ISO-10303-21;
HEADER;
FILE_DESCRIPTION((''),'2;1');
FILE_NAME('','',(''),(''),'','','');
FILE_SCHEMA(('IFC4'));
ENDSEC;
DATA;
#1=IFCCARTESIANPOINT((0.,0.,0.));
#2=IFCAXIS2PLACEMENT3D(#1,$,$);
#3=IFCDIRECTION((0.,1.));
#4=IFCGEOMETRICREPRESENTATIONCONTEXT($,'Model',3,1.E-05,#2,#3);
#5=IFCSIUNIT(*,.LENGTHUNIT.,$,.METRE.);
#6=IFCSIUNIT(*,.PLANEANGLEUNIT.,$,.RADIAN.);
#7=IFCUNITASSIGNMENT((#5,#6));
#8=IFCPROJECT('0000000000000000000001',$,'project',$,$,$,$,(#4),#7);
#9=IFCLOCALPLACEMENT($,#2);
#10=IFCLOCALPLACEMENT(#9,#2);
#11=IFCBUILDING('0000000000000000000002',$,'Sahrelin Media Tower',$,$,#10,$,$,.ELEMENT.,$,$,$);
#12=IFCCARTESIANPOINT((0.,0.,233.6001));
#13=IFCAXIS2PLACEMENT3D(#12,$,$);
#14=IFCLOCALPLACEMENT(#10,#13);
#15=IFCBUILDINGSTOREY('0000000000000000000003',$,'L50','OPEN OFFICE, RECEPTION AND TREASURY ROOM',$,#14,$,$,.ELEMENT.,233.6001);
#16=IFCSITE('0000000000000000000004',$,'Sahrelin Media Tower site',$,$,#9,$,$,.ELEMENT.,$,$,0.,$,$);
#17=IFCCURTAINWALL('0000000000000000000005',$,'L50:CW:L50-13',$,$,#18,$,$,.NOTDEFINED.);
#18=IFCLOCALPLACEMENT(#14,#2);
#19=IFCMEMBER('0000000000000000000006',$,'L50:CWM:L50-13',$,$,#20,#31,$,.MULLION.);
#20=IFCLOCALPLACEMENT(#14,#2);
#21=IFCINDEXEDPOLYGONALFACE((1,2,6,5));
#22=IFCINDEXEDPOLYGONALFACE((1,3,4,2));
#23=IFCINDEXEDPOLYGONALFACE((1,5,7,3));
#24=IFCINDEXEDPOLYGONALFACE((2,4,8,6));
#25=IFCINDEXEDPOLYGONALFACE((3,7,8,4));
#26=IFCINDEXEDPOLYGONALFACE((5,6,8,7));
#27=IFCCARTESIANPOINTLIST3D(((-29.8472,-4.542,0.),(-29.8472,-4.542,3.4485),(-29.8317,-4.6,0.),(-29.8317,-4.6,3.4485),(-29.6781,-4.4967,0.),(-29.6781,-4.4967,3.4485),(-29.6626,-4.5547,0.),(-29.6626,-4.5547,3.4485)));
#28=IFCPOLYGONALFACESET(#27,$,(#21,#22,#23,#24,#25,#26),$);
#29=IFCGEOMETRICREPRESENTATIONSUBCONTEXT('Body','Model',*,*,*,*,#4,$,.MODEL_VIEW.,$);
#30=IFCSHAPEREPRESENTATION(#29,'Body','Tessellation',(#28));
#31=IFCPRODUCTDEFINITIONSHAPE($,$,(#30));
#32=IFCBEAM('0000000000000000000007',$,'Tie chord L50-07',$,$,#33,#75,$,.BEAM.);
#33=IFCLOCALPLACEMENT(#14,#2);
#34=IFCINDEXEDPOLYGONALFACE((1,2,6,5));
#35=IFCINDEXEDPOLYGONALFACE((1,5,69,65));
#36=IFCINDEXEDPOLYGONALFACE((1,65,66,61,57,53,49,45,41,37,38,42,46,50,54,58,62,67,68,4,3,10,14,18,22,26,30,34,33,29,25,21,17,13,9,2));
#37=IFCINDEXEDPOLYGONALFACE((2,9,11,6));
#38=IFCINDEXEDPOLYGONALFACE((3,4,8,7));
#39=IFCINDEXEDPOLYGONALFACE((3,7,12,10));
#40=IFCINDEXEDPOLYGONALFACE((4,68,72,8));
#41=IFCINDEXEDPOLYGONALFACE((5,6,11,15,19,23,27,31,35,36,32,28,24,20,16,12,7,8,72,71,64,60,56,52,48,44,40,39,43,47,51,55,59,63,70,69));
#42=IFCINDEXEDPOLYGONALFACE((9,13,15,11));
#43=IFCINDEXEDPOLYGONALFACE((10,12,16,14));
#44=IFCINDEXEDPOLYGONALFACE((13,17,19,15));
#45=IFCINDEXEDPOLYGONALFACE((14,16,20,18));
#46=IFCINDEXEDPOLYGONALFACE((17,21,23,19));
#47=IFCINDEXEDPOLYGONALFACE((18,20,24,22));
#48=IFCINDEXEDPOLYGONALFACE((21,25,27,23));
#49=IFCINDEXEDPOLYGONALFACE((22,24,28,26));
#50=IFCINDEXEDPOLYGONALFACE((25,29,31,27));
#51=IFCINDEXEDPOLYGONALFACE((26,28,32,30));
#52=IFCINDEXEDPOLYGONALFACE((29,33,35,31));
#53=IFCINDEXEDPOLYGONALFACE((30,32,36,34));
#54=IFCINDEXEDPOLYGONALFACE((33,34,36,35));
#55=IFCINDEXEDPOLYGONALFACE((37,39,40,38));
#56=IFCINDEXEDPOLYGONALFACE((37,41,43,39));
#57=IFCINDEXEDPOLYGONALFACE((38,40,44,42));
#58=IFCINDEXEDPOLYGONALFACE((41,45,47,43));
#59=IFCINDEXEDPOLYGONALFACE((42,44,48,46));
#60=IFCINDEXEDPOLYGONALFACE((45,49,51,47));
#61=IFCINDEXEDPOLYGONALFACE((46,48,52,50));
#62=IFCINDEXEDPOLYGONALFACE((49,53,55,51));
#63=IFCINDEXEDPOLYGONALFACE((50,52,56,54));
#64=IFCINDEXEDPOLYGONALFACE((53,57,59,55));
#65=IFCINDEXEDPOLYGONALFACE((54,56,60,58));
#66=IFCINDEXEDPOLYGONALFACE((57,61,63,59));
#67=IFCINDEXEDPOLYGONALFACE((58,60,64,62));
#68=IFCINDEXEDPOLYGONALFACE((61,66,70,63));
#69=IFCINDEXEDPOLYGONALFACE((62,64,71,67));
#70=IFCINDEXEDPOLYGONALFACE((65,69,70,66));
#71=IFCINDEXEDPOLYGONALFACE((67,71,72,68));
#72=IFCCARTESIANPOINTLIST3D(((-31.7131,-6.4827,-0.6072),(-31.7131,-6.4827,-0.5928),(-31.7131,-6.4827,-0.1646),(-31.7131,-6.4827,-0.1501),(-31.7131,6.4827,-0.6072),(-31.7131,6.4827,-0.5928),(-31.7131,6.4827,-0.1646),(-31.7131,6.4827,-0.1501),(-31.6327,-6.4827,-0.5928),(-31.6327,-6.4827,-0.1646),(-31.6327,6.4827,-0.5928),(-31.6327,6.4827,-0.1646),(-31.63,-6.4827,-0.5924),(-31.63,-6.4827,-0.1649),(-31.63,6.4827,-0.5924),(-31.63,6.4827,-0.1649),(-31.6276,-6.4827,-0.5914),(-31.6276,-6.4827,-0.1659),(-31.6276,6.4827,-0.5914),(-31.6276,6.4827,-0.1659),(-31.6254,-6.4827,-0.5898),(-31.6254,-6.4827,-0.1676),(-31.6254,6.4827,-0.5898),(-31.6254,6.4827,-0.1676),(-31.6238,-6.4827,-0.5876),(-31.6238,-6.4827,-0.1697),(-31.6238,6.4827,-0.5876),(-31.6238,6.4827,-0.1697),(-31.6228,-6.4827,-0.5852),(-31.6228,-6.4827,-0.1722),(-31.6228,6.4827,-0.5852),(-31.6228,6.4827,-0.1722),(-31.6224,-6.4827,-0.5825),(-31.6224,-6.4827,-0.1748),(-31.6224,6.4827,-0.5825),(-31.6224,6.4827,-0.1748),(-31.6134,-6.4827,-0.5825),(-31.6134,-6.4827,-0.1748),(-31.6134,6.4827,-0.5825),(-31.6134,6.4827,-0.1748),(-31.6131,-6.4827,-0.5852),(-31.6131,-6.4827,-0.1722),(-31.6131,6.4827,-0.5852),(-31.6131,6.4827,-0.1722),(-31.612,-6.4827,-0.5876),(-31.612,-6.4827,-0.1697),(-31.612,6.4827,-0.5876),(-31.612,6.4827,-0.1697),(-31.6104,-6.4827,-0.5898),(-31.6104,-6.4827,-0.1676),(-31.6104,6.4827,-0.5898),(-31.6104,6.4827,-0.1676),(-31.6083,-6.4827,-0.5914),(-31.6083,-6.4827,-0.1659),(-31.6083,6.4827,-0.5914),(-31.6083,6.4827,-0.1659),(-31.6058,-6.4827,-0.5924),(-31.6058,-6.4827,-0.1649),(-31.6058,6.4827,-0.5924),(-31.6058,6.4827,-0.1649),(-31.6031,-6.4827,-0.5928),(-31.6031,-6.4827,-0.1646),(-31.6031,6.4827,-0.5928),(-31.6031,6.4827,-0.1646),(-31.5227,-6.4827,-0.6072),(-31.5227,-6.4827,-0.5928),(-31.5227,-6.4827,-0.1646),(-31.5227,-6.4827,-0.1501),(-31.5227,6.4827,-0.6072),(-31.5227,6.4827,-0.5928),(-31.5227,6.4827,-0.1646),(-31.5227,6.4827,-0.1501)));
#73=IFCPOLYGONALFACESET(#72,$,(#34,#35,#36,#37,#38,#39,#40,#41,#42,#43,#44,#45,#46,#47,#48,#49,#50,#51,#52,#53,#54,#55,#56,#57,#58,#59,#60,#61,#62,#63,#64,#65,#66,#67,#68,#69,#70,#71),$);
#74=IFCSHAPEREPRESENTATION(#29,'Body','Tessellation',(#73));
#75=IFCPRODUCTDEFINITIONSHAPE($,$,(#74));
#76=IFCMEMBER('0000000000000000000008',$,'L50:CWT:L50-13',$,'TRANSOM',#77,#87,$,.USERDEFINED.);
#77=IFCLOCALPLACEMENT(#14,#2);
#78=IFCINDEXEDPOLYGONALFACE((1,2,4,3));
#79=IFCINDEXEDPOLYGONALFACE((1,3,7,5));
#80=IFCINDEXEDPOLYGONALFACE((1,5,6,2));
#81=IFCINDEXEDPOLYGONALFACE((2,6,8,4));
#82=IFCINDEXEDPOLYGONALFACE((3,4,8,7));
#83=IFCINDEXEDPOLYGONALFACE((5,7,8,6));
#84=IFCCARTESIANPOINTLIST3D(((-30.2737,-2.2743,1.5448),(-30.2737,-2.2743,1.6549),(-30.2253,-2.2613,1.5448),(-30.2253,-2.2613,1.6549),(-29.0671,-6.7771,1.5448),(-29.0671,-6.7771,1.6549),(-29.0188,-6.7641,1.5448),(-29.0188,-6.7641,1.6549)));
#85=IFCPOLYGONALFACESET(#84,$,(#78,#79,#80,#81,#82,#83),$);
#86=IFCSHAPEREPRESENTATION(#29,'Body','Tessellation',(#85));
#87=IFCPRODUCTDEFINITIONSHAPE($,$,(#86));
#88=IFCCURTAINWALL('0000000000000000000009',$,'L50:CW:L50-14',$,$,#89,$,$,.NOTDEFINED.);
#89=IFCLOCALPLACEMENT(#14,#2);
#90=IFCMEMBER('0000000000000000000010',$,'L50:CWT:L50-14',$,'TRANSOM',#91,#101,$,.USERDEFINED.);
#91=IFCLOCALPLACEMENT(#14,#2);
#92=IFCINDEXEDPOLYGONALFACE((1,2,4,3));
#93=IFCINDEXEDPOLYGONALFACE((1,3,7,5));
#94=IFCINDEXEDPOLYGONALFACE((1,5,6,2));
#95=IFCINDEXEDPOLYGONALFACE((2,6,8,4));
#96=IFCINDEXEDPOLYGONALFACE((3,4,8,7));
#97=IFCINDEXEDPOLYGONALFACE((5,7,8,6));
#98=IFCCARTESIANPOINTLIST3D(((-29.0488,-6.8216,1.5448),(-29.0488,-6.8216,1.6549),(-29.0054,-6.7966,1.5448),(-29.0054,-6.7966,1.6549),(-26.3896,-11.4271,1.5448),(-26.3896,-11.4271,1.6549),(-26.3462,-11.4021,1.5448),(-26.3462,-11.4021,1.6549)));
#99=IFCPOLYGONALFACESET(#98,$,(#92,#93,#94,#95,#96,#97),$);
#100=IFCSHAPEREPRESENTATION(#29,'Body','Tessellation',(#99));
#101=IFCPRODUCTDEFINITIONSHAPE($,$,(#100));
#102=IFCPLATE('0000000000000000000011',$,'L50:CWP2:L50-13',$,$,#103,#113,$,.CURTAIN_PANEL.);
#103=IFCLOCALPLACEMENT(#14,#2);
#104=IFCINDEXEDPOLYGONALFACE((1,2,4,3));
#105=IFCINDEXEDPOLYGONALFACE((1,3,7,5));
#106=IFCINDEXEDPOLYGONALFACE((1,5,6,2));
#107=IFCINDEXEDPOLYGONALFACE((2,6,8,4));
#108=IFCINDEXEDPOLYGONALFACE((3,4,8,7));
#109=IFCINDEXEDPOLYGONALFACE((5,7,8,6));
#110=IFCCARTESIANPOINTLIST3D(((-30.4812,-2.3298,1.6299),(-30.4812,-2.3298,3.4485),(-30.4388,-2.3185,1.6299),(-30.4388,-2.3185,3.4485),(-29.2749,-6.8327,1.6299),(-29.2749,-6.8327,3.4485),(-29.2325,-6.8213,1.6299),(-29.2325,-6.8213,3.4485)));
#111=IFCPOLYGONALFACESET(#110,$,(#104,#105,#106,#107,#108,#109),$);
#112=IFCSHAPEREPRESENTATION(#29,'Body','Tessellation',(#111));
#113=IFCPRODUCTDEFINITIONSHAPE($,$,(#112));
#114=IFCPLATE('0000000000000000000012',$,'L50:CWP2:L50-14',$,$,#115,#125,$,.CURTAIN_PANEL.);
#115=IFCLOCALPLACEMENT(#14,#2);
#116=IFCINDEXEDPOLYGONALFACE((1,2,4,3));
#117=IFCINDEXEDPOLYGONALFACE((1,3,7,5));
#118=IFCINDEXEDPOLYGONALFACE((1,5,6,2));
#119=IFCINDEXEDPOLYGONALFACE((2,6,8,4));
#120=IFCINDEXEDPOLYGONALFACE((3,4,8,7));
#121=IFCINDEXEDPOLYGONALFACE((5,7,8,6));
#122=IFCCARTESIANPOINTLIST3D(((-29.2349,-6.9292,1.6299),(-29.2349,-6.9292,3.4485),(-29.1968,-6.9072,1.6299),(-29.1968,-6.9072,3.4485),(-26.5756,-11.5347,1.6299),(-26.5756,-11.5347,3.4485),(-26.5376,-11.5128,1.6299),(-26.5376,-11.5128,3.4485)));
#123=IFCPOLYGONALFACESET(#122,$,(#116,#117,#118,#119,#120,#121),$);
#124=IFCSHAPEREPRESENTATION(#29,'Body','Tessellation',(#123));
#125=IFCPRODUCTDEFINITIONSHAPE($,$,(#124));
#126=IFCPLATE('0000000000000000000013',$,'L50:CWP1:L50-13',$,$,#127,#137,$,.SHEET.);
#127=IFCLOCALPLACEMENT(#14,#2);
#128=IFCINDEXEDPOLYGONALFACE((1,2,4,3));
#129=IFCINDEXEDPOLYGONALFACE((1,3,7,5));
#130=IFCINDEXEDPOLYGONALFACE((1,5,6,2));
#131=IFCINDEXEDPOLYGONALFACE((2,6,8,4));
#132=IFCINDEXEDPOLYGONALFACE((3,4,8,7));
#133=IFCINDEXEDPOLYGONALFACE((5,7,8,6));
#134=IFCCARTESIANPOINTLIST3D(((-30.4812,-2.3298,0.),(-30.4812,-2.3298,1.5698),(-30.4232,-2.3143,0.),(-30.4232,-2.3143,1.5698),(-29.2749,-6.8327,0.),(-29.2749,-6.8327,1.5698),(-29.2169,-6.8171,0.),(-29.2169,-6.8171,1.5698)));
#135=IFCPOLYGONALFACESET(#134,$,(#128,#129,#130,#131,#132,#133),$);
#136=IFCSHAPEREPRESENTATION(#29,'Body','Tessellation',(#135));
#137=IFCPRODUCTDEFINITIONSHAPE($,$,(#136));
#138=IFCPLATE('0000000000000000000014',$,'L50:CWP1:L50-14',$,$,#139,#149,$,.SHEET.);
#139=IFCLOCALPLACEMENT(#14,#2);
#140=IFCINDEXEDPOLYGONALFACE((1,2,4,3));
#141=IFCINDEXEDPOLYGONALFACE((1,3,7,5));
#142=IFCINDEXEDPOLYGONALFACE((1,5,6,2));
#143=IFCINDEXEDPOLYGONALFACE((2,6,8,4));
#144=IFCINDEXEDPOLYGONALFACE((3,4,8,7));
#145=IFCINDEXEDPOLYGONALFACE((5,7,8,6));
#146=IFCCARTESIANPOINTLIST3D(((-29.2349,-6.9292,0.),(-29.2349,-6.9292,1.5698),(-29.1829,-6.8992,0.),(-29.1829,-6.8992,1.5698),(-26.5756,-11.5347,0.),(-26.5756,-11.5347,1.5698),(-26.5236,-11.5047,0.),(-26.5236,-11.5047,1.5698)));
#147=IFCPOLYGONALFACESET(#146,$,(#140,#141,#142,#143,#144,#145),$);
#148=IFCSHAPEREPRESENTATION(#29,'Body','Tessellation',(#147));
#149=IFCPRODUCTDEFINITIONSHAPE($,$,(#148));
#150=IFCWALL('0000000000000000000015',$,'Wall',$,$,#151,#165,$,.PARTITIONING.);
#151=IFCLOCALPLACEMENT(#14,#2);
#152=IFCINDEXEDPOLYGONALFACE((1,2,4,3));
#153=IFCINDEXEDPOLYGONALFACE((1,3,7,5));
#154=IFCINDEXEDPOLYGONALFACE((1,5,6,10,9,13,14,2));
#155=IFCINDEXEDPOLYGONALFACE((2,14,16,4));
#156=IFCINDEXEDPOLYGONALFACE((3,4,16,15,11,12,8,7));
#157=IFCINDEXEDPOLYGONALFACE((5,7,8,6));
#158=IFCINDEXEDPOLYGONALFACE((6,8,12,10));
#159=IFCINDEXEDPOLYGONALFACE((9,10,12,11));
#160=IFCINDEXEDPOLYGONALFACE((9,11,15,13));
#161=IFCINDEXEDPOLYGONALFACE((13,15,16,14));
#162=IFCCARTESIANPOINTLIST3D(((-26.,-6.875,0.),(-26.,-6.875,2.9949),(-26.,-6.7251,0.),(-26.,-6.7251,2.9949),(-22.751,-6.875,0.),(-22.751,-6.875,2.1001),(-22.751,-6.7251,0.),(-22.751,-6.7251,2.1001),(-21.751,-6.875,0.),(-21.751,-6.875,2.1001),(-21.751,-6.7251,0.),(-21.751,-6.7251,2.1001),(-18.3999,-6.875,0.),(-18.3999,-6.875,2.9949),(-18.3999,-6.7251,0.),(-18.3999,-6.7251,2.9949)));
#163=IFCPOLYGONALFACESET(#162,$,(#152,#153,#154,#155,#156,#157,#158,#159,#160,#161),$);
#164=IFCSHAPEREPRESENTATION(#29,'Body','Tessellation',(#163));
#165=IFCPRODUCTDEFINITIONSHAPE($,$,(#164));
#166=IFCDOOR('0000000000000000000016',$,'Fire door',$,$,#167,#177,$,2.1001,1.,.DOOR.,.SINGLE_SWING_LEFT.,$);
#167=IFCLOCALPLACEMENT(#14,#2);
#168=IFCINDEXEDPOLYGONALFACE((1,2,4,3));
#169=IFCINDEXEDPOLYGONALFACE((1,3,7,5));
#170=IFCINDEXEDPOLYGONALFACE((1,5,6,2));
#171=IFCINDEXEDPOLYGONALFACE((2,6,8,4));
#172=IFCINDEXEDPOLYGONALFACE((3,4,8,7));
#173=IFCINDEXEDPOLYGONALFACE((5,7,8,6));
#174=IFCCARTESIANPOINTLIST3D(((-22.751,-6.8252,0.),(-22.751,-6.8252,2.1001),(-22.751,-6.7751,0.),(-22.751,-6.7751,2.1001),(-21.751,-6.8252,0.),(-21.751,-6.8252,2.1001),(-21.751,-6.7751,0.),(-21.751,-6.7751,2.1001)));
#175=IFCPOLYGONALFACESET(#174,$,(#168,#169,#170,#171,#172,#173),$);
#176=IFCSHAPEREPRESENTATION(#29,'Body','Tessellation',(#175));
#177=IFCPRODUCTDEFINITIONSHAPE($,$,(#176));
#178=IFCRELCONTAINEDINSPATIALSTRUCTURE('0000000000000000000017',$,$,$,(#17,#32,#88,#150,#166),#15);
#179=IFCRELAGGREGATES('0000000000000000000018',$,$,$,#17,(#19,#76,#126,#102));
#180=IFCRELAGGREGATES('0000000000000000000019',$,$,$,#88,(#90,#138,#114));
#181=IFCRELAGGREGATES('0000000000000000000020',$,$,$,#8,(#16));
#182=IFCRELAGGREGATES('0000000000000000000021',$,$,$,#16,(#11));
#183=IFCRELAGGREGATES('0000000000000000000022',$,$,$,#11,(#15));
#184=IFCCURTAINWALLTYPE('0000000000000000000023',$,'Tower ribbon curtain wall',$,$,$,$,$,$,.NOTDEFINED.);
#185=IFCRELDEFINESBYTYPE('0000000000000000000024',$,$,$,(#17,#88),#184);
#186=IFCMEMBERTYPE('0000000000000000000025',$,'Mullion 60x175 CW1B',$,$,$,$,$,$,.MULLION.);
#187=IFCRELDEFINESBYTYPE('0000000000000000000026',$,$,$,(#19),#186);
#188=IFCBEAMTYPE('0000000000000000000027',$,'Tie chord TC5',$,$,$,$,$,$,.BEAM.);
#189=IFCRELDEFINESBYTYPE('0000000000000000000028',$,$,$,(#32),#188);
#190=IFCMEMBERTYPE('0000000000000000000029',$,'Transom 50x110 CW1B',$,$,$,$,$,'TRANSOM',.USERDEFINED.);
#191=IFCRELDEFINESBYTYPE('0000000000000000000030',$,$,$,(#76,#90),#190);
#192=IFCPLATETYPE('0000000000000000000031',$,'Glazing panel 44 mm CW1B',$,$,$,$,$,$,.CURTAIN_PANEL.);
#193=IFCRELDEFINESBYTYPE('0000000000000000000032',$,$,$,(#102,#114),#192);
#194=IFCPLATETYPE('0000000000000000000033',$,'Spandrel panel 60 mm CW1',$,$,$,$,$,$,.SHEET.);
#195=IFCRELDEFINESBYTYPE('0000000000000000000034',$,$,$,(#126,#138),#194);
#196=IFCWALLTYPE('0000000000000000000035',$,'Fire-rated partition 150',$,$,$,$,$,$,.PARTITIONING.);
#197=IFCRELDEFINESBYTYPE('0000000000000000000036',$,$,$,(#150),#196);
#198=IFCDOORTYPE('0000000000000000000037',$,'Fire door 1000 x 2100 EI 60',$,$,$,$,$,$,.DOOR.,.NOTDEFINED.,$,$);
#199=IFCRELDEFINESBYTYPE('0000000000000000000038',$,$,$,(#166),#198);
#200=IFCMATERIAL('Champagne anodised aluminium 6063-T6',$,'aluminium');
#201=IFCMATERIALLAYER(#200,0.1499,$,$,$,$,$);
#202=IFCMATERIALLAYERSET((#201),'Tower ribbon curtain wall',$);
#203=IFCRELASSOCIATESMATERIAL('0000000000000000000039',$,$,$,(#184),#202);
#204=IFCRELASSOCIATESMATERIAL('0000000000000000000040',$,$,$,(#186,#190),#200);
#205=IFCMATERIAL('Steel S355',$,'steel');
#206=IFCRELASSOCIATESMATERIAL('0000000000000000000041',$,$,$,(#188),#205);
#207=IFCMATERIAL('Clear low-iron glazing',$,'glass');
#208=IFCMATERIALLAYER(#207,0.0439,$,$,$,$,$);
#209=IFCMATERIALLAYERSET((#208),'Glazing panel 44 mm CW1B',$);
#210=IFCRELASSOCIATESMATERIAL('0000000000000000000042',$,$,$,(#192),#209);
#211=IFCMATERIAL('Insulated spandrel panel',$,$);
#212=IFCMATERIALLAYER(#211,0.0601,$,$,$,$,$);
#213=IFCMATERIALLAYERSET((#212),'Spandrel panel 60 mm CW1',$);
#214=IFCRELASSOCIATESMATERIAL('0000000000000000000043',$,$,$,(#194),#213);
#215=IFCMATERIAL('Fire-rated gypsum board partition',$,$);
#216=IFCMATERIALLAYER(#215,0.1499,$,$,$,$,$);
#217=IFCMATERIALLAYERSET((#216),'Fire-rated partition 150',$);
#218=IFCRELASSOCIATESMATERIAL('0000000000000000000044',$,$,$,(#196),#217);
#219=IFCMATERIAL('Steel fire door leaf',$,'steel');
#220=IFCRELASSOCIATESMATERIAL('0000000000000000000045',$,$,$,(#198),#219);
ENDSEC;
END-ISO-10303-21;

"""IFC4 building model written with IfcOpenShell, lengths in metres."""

from ifc_helpers import new_model, si_unit, direction, frame, frame_2d, origin, origin_2d, place, context, subcontext, project, spatial, polyline, rectangle, i_section, outline, extrude, material, layer, layer_set, material_profile, profile_set, type_object, element, fill, aggregate, save


model = new_model("IFC4")

# Units and contexts
model_context = context("Model", 3, precision=1e-05, world=origin(), true_north=direction((0.0, 1.0)))
body_context = subcontext(model_context, "Body", "Model", "MODEL_VIEW")
ifc_project = project(units=[si_unit("LENGTHUNIT", "METRE"), si_unit("PLANEANGLEUNIT", "RADIAN")], contexts=[model_context])

# Site, building, storey
site_placement = place(None, origin())
site = spatial("IfcSite", under=ifc_project, at=site_placement, Name="Sahrelin Media Tower site", CompositionType="ELEMENT", RefElevation=0.0)
building_placement = place(site_placement, origin())
building = spatial("IfcBuilding", under=site, at=building_placement, Name="Sahrelin Media Tower", CompositionType="ELEMENT")
storey_placement = place(building_placement, frame((0.0, 0.0, 233.6001)))
storey = spatial("IfcBuildingStorey", under=building, at=storey_placement, Name="L50", Description="OPEN OFFICE, RECEPTION AND TREASURY ROOM", CompositionType="ELEMENT", Elevation=233.6001)

# Shared definitions
ifc_material_1 = material(Name="Steel S355", Category="steel")

# Curtain wall, member
ifc_material_2 = material(Name="Champagne anodised aluminium 6063-T6", Category="aluminium")
ifc_layer_1 = layer(ifc_material_2, 0.1499)
ifc_layer_set_1 = layer_set([ifc_layer_1], Name="Tower ribbon curtain wall")
curtain_wall_type = type_object("IfcCurtainWallType", Name="Tower ribbon curtain wall", PredefinedType="NOTDEFINED", material=ifc_layer_set_1)
ifc_material_profile_1 = material_profile(ifc_material_2, rectangle(XDim=0.0601, YDim=0.175, at=origin_2d()), Name="Mullion 60x175")
ifc_profile_set_1 = profile_set([ifc_material_profile_1], Name="Champagne anodised aluminium 6063-T6")
member_type_1 = type_object("IfcMemberType", Name="Mullion 60x175 CW1B", PredefinedType="MULLION", material=ifc_profile_set_1)
curtain_wall_1_placement = place(storey_placement, frame((-29.8586, -4.5762, 0.0), z_axis=(0.0, 0.0, 1.0), x_axis=(1.0, 0.0, 0.0)))
curtain_wall_1 = element("IfcCurtainWall", 1, at=curtain_wall_1_placement, inside=storey, type_object=curtain_wall_type, Name="L50:CW:L50-13", PredefinedType="NOTDEFINED")
member_1_placement = place(storey_placement, frame((-29.7549, -4.5483, 0.0), z_axis=(0.0, 0.0, 1.0), x_axis=(0.258817, -0.965926, 0.0)))
member_1 = element("IfcMember", 2, at=member_1_placement, type_object=member_type_1, Name="L50:CWM:L50-13", PredefinedType="MULLION", context=body_context, shape_type="SweptSolid", body=[
    extrude(rectangle(XDim=0.0601, YDim=0.175, at=origin_2d()), origin(), (0.0, 0.0, 1.0), 3.4485),
])

# Beam
ifc_material_profile_2 = material_profile(ifc_material_1, i_section(OverallWidth=0.1904, OverallDepth=0.457, WebThickness=0.009, FlangeThickness=0.0144, FilletRadius=0.0103, at=origin_2d()), Name="UB 457x191x74")
ifc_profile_set_2 = profile_set([ifc_material_profile_2], Name="Steel S355")
beam_type_1 = type_object("IfcBeamType", Name="Tie chord TC5", PredefinedType="BEAM", material=ifc_profile_set_2)
beam_1_placement = place(storey_placement, frame((-31.6179, -6.4827, -0.3787), z_axis=(0.0, 1.0, 0.0), x_axis=(-1.0, 0.0, 0.0)))
element("IfcBeam", 3, at=beam_1_placement, inside=storey, type_object=beam_type_1, Name="Tie chord L50-07", PredefinedType="BEAM", context=body_context, shape_type="SweptSolid", body=[
    extrude(i_section(OverallWidth=0.1904, OverallDepth=0.457, WebThickness=0.009, FlangeThickness=0.0144, FilletRadius=0.0103, at=origin_2d()), origin(), (0.0, 0.0, 1.0), 12.9653),
])

# Member
ifc_material_profile_3 = material_profile(ifc_material_2, rectangle(XDim=0.05, YDim=0.1101, at=origin_2d()), Name="Transom 50x110")
ifc_profile_set_3 = profile_set([ifc_material_profile_3], Name="Champagne anodised aluminium 6063-T6")
member_type_2 = type_object("IfcMemberType", Name="Transom 50x110 CW1B", ElementType="TRANSOM", PredefinedType="USERDEFINED", material=ifc_profile_set_3)
member_2_placement = place(storey_placement, frame((-30.2495, -2.2678, 1.5999), z_axis=(0.258829, -0.965923, 0.0), x_axis=(0.965923, 0.258829, 0.0)))
member_2 = element("IfcMember", 4, at=member_2_placement, type_object=member_type_2, Name="L50:CWT:L50-13", ObjectType="TRANSOM", PredefinedType="USERDEFINED", context=body_context, shape_type="SweptSolid", body=[
    extrude(rectangle(XDim=0.05, YDim=0.1101, at=origin_2d()), origin(), (0.0, 0.0, 1.0), 4.6616),
])

# Curtain wall, member
curtain_wall_2_placement = place(storey_placement, frame((-27.8879, -9.2217, 0.0), z_axis=(0.0, 0.0, 1.0), x_axis=(1.0, 0.0, 0.0)))
curtain_wall_2 = element("IfcCurtainWall", 5, at=curtain_wall_2_placement, inside=storey, type_object=curtain_wall_type, Name="L50:CW:L50-14", PredefinedType="NOTDEFINED")
member_3_placement = place(storey_placement, frame((-29.0271, -6.8091, 1.5999), z_axis=(0.50003, -0.866008, 0.0), x_axis=(0.866008, 0.50003, 0.0)))
member_3 = element("IfcMember", 6, at=member_3_placement, type_object=member_type_2, Name="L50:CWT:L50-14", ObjectType="TRANSOM", PredefinedType="USERDEFINED", context=body_context, shape_type="SweptSolid", body=[
    extrude(rectangle(XDim=0.05, YDim=0.1101, at=origin_2d()), origin(), (0.0, 0.0, 1.0), 5.3181),
])

# Plates
ifc_material_3 = material(Name="Clear low-iron glazing", Category="glass")
ifc_layer_2 = layer(ifc_material_3, 0.0439)
ifc_layer_set_2 = layer_set([ifc_layer_2], Name="Glazing panel 44 mm CW1B")
plate_type_1 = type_object("IfcPlateType", Name="Glazing panel 44 mm CW1B", PredefinedType="CURTAIN_PANEL", material=ifc_layer_set_2)
plate_1_placement = place(storey_placement, frame((-30.4812, -2.3298, 1.6299), z_axis=(-0.96594, -0.258767, 0.0), x_axis=(0.258767, -0.96594, 0.0)))
plate_1 = element("IfcPlate", 7, at=plate_1_placement, type_object=plate_type_1, Name="L50:CWP2:L50-13", PredefinedType="CURTAIN_PANEL", context=body_context, shape_type="SweptSolid", body=[
    extrude(outline(polyline([(0.0, 0.0), (4.6616, 0.0), (4.6616, 1.8186), (0.0, 1.8186), (0.0, 0.0)])), origin(), (0.0, 0.0, -1.0), 0.0439),
])
plate_2_placement = place(storey_placement, frame((-29.2349, -6.9292, 1.6299), z_axis=(-0.866008, -0.50003, 0.0), x_axis=(0.50003, -0.866008, 0.0)))
plate_2 = element("IfcPlate", 8, at=plate_2_placement, type_object=plate_type_1, Name="L50:CWP2:L50-14", PredefinedType="CURTAIN_PANEL", context=body_context, shape_type="SweptSolid", body=[
    extrude(outline(polyline([(0.0, 0.0), (5.3181, 0.0), (5.3181, 1.8186), (0.0, 1.8186), (0.0, 0.0)])), origin(), (0.0, 0.0, -1.0), 0.0439),
])
ifc_material_4 = material(Name="Insulated spandrel panel")
ifc_layer_3 = layer(ifc_material_4, 0.0601)
ifc_layer_set_3 = layer_set([ifc_layer_3], Name="Spandrel panel 60 mm CW1")
plate_type_2 = type_object("IfcPlateType", Name="Spandrel panel 60 mm CW1", PredefinedType="SHEET", material=ifc_layer_set_3)
plate_3_placement = place(storey_placement, frame((-30.4812, -2.3298, 0.0), z_axis=(-0.96594, -0.258767, 0.0), x_axis=(0.258767, -0.96594, 0.0)))
plate_3 = element("IfcPlate", 9, at=plate_3_placement, type_object=plate_type_2, Name="L50:CWP1:L50-13", PredefinedType="SHEET", context=body_context, shape_type="SweptSolid", body=[
    extrude(outline(polyline([(0.0, 0.0), (4.6616, 0.0), (4.6616, 1.5698), (0.0, 1.5698), (0.0, 0.0)])), origin(), (0.0, 0.0, -1.0), 0.0601),
])
aggregate(curtain_wall_1, [member_1, member_2, plate_3, plate_1])
plate_4_placement = place(storey_placement, frame((-29.2349, -6.9292, 0.0), z_axis=(-0.866008, -0.50003, 0.0), x_axis=(0.50003, -0.866008, 0.0)))
plate_4 = element("IfcPlate", 10, at=plate_4_placement, type_object=plate_type_2, Name="L50:CWP1:L50-14", PredefinedType="SHEET", context=body_context, shape_type="SweptSolid", body=[
    extrude(outline(polyline([(0.0, 0.0), (5.3181, 0.0), (5.3181, 1.5698), (0.0, 1.5698), (0.0, 0.0)])), origin(), (0.0, 0.0, -1.0), 0.0601),
])
aggregate(curtain_wall_2, [member_3, plate_4, plate_2])

# Wall, opening, door
ifc_material_5 = material(Name="Fire-rated gypsum board partition")
ifc_layer_4 = layer(ifc_material_5, 0.1499)
ifc_layer_set_4 = layer_set([ifc_layer_4], Name="Fire-rated partition 150")
wall_type = type_object("IfcWallType", Name="Fire-rated partition 150", PredefinedType="PARTITIONING", material=ifc_layer_set_4)
wall_1_placement = place(storey_placement, frame((-26.0, -6.8, 0.0), z_axis=(0.0, 0.0, 1.0), x_axis=(1.0, 0.0, 0.0)))
wall_1 = element("IfcWall", 11, at=wall_1_placement, inside=storey, type_object=wall_type, Name="Wall", PredefinedType="PARTITIONING", context=body_context, shape_type="SweptSolid", body=[
    extrude(rectangle(XDim=7.6001, YDim=0.1499, at=frame_2d((3.8, 0.0))), origin(), (0.0, 0.0, 1.0), 2.9949),
])
opening_placement = place(wall_1_placement, frame((3.249, 0.0, 0.0)))
opening = element("IfcOpeningElement", 12, at=opening_placement, cuts=wall_1, PredefinedType="OPENING", context=body_context, shape_type="SweptSolid", body=[
    extrude(rectangle(XDim=1.0, YDim=2.1001, at=frame_2d((0.5, 1.05))), frame((0.0, 0.075, 0.0), z_axis=(0.0, -1.0, 0.0), x_axis=(1.0, 0.0, 0.0)), (0.0, 0.0, 1.0), 0.1499),
])
ifc_material_6 = material(Name="Steel fire door leaf", Category="steel")
door_type = type_object("IfcDoorType", Name="Fire door 1000 x 2100 EI 60", OperationType="NOTDEFINED", PredefinedType="DOOR", material=ifc_material_6)
door_placement = place(opening_placement, origin())
door = element("IfcDoor", 13, at=door_placement, inside=storey, type_object=door_type, Name="Fire door", OperationType="SINGLE_SWING_LEFT", OverallHeight=2.1001, OverallWidth=1.0, PredefinedType="DOOR", context=body_context, shape_type="SweptSolid", body=[
    extrude(rectangle(XDim=1.0, YDim=2.1001, at=frame_2d((0.5, 1.05))), frame((0.0, 0.0249, 0.0), z_axis=(0.0, -1.0, 0.0), x_axis=(1.0, 0.0, 0.0)), (0.0, 0.0, 1.0), 0.05),
])
fill(opening, door)

save(model, "model.ifc")
